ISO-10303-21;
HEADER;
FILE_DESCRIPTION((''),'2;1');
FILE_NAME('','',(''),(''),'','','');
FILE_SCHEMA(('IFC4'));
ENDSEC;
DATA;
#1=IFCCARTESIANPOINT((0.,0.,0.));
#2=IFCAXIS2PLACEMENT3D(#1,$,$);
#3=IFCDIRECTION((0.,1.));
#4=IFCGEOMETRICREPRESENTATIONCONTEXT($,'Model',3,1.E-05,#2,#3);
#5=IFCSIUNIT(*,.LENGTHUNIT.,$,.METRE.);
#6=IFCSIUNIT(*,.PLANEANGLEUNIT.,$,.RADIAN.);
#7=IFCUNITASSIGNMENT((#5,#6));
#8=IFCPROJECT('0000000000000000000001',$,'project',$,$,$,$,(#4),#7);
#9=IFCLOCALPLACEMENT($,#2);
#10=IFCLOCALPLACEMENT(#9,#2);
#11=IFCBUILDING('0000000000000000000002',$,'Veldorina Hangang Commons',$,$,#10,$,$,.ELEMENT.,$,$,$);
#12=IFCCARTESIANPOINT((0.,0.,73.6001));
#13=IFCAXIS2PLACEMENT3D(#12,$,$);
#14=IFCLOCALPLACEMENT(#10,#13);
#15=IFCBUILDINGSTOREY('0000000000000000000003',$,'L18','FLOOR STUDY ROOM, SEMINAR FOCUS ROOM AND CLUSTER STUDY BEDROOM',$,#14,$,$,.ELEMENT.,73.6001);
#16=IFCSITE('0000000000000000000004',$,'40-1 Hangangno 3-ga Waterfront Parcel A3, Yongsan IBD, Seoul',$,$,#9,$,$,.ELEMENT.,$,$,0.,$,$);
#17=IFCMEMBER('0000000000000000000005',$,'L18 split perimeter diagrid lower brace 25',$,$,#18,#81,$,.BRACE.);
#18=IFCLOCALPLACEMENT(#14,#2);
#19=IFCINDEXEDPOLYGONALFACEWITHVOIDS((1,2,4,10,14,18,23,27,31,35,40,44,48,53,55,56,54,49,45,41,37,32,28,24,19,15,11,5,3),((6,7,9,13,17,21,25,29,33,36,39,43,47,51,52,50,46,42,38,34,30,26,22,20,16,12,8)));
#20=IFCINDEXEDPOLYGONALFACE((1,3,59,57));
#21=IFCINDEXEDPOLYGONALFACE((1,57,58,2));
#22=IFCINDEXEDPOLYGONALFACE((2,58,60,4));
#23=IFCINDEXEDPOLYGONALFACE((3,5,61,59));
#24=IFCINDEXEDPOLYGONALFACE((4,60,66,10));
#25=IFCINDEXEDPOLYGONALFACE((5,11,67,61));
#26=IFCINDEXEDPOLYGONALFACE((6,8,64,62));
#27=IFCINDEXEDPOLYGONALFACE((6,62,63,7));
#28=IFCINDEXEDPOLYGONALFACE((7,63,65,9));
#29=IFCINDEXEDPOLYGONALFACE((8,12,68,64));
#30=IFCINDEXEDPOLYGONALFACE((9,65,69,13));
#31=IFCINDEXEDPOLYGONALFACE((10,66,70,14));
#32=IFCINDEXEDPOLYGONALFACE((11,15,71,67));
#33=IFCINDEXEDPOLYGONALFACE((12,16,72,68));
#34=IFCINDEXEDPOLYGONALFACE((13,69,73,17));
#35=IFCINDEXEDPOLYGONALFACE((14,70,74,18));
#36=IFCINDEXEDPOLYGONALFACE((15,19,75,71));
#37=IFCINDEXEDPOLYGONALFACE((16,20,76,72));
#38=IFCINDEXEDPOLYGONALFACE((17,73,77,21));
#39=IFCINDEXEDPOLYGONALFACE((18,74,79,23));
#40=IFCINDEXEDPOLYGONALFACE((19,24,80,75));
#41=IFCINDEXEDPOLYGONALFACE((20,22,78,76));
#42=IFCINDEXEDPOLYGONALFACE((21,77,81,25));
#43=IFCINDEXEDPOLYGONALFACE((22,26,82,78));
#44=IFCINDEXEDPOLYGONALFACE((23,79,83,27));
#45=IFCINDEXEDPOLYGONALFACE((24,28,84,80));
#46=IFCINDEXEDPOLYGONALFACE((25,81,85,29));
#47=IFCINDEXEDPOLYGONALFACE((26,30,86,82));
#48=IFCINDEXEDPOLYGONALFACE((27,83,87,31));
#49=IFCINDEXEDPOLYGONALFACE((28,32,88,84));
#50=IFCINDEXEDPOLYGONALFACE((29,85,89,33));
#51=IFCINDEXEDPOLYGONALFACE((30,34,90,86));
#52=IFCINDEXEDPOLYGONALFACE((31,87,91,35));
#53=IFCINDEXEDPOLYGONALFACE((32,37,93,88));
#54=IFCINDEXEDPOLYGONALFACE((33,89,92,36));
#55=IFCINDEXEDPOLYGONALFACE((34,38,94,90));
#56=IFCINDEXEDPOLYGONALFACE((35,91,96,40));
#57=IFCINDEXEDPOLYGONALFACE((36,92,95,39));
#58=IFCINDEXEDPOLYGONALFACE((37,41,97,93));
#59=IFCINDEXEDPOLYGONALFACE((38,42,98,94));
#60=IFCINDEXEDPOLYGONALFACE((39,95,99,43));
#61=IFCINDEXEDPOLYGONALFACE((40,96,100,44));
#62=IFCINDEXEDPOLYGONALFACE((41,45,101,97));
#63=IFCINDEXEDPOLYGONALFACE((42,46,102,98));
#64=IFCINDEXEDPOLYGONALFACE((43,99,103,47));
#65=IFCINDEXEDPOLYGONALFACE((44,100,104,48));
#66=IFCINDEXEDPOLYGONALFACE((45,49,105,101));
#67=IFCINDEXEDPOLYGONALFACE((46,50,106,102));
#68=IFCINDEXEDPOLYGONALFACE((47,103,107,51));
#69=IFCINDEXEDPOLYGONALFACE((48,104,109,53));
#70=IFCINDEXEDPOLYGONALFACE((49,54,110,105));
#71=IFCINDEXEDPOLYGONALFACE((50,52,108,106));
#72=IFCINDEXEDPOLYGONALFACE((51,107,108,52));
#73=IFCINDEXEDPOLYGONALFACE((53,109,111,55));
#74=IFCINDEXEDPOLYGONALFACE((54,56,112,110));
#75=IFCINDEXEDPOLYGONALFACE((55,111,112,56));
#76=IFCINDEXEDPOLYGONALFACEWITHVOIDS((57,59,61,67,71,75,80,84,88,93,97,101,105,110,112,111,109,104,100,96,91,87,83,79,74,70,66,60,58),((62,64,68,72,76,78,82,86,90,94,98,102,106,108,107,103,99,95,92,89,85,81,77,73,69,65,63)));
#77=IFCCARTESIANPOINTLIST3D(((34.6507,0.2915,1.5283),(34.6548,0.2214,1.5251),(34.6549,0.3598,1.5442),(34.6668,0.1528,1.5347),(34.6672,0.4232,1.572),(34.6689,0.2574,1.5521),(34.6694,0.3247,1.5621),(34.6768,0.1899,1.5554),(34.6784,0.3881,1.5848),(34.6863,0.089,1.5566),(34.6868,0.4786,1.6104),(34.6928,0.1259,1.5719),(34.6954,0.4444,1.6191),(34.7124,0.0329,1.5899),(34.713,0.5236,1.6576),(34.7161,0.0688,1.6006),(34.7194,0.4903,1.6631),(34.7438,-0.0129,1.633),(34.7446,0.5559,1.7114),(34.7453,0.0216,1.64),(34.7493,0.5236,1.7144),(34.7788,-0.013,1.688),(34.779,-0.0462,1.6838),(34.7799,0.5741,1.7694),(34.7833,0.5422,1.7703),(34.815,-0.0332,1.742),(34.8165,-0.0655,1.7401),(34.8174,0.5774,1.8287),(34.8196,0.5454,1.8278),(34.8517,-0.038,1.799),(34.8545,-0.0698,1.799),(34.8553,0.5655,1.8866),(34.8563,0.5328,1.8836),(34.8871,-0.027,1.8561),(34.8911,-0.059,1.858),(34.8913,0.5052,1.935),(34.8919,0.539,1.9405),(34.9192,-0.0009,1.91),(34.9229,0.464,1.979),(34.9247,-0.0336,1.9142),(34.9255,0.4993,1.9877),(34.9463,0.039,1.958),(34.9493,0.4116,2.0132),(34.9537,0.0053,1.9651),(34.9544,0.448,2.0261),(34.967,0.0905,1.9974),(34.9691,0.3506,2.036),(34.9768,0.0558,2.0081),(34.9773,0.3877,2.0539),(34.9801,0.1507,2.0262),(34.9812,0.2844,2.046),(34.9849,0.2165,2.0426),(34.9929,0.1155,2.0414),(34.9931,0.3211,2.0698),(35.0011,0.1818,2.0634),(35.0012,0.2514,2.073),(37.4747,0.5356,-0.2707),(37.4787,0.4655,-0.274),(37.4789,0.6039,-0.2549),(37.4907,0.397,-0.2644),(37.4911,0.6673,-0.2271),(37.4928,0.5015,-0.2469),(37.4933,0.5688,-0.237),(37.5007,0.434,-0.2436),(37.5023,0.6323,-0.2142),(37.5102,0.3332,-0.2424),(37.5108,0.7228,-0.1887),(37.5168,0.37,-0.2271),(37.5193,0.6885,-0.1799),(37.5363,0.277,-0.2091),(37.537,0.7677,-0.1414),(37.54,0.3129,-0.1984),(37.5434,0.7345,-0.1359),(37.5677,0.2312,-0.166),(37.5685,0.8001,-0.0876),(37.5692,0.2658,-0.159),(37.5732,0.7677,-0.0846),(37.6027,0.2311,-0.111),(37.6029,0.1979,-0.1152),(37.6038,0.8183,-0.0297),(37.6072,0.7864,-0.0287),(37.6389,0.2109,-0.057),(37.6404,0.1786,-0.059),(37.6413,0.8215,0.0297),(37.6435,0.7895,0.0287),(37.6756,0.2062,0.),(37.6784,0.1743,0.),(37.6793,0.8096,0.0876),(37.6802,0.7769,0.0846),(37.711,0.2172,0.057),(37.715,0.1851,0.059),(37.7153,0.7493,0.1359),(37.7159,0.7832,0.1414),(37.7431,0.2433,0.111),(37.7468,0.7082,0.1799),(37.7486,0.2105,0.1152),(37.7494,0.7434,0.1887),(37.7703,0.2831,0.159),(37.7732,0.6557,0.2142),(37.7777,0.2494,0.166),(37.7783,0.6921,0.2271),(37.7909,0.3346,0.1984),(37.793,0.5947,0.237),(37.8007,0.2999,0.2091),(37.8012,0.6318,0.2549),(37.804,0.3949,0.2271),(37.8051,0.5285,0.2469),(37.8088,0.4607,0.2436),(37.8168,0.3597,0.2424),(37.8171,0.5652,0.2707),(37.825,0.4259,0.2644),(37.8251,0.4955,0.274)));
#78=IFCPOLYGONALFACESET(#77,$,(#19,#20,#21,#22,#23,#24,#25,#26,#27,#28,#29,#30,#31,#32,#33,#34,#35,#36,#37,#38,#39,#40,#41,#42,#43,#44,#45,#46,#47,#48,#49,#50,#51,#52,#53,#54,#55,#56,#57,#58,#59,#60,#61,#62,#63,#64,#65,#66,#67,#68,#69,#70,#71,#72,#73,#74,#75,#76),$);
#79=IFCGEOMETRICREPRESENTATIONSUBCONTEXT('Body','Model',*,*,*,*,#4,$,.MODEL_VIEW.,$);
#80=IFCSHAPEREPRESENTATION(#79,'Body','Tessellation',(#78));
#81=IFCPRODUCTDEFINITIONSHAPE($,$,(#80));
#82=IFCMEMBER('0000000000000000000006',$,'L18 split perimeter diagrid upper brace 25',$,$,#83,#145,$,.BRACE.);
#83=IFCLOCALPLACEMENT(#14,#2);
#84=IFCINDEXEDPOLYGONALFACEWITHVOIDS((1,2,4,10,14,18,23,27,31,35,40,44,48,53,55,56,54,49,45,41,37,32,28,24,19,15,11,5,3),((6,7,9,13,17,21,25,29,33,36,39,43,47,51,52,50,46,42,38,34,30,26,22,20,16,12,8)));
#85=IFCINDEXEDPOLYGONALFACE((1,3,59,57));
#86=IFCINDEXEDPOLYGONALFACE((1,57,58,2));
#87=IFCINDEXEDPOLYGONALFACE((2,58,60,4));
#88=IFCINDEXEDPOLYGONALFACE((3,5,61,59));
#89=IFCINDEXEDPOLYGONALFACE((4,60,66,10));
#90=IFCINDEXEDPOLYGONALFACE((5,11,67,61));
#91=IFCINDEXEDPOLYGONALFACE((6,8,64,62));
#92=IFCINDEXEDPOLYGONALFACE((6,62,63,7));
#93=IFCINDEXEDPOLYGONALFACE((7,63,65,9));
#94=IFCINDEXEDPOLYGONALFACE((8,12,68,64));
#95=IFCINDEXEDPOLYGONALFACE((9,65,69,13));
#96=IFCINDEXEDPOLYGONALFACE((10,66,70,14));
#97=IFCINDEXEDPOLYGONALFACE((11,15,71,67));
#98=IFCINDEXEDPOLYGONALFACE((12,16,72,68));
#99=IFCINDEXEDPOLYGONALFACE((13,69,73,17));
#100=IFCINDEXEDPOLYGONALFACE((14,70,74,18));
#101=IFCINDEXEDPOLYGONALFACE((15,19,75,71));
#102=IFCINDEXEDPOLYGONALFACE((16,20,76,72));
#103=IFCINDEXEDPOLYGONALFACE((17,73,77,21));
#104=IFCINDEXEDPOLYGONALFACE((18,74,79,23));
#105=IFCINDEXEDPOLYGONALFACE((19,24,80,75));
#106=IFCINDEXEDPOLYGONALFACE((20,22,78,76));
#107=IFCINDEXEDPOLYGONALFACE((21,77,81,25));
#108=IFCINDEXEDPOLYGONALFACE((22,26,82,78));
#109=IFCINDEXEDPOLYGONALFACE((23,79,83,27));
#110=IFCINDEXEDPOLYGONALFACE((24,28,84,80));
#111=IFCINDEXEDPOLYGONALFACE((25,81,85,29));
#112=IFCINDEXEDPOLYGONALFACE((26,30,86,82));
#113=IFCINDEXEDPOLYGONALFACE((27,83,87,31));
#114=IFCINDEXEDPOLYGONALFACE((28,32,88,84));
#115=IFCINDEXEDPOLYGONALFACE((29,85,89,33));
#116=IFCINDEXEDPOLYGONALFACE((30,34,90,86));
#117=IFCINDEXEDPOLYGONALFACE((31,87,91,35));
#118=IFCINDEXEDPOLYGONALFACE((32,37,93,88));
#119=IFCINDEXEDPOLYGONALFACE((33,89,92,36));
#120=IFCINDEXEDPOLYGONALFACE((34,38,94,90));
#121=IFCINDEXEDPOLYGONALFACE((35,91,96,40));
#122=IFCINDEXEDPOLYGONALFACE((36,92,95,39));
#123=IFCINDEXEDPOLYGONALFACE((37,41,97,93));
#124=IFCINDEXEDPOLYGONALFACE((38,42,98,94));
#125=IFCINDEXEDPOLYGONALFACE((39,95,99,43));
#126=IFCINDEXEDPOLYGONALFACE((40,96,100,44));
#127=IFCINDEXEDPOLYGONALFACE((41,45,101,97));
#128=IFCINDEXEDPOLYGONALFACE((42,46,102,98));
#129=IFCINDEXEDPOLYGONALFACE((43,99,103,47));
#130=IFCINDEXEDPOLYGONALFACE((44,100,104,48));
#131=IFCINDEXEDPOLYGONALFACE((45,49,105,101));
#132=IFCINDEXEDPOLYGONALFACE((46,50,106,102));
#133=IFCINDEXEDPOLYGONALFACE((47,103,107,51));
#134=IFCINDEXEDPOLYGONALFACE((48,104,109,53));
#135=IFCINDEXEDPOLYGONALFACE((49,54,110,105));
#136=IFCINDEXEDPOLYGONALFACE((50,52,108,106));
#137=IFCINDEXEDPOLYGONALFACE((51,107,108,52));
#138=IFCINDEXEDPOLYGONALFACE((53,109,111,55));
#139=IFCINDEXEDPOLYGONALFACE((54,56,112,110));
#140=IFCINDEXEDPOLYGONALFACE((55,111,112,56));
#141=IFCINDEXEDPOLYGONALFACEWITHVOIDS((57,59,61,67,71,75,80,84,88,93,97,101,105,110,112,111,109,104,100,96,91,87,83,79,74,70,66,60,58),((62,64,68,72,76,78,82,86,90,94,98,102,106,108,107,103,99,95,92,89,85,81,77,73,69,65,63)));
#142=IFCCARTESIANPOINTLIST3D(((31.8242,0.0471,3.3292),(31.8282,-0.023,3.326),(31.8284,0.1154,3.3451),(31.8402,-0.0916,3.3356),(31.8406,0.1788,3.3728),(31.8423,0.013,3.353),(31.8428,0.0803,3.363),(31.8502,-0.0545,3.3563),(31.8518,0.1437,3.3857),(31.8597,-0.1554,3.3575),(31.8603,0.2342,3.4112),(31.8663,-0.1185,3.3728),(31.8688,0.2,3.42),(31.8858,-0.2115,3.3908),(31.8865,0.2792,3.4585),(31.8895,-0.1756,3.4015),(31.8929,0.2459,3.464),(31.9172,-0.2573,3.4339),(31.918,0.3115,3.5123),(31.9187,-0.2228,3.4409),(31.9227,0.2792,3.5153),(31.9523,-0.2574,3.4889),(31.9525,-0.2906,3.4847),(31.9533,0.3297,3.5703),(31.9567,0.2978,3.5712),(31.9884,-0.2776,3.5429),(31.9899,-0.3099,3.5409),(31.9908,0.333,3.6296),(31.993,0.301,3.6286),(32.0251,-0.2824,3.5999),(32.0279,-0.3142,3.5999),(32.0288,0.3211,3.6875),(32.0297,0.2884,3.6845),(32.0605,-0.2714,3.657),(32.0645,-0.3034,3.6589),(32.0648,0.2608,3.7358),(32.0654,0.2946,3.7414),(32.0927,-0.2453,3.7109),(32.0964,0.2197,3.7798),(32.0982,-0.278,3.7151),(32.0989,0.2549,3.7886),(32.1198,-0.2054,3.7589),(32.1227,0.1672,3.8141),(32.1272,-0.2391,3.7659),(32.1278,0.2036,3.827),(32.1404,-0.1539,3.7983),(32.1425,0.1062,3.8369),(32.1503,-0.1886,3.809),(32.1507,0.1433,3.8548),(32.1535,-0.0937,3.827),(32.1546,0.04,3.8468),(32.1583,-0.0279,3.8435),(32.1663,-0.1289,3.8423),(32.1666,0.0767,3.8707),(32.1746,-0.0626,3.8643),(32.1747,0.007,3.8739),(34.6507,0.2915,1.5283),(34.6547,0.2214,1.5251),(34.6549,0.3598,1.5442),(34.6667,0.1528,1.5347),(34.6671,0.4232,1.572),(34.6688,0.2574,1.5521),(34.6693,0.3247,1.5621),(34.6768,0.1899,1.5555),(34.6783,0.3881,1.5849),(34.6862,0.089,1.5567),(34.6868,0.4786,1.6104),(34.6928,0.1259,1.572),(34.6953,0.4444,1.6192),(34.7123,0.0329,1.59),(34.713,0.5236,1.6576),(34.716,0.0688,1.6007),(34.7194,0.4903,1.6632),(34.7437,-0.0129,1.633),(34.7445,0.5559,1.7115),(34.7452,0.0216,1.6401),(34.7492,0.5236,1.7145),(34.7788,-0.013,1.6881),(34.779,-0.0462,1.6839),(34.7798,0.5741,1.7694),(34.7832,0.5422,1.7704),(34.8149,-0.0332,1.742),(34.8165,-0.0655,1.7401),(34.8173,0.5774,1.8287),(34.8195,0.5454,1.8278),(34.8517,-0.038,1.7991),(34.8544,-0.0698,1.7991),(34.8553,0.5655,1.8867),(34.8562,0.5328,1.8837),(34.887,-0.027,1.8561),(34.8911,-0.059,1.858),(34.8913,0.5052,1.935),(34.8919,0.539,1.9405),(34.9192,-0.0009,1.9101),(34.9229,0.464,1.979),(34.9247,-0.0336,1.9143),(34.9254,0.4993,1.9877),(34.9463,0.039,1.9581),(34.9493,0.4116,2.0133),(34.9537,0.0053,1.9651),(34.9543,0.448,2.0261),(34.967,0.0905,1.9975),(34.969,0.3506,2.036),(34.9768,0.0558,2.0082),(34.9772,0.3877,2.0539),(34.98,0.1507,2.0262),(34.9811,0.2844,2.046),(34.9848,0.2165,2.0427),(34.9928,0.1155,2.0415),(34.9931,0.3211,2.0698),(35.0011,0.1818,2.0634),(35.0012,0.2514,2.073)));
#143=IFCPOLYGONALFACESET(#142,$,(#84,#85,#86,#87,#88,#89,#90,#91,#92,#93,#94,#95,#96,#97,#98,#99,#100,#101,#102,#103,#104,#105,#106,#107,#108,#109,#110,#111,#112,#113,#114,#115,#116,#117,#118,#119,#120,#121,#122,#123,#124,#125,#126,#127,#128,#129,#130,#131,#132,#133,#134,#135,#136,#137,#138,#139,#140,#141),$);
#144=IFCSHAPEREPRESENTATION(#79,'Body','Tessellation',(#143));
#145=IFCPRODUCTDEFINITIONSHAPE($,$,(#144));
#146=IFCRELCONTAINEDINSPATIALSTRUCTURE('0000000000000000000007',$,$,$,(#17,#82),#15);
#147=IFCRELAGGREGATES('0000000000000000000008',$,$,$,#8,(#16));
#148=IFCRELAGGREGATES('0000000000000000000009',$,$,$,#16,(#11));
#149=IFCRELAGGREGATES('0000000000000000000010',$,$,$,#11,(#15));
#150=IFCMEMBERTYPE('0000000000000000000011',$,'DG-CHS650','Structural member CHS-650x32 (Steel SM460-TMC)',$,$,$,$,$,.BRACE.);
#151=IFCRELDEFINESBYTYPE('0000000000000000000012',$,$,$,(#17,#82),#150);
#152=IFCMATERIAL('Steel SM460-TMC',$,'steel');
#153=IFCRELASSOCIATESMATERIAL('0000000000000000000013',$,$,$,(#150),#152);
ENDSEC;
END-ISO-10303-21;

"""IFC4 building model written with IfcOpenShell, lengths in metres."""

from ifc_helpers import new_model, si_unit, direction, frame, origin, origin_2d, place, context, subcontext, project, spatial, hollow_circle, extrude, material, material_profile, profile_set, type_object, element, save


model = new_model("IFC4")

# Units and contexts
model_context = context("Model", 3, precision=1e-05, world=origin(), true_north=direction((0.0, 1.0)))
body_context = subcontext(model_context, "Body", "Model", "MODEL_VIEW")
ifc_project = project(units=[si_unit("LENGTHUNIT", "METRE"), si_unit("PLANEANGLEUNIT", "RADIAN")], contexts=[model_context])

# Site, building, storey
site_placement = place(None, origin())
site = spatial("IfcSite", under=ifc_project, at=site_placement, Name="40-1 Hangangno 3-ga Waterfront Parcel A3, Yongsan IBD, Seoul", CompositionType="ELEMENT", RefElevation=0.0)
building_placement = place(site_placement, origin())
building = spatial("IfcBuilding", under=site, at=building_placement, Name="Veldorina Hangang Commons", CompositionType="ELEMENT")
storey_placement = place(building_placement, frame((0.0, 0.0, 73.6001)))
storey = spatial("IfcBuildingStorey", under=building, at=storey_placement, Name="L18", Description="FLOOR STUDY ROOM, SEMINAR FOCUS ROOM AND CLUSTER STUDY BEDROOM", CompositionType="ELEMENT", Elevation=73.6001)

# Members
ifc_material_1 = material(Name="Steel SM460-TMC", Category="steel")
ifc_material_profile_1 = material_profile(ifc_material_1, hollow_circle(Radius=0.325, WallThickness=0.032, at=origin_2d()), Name="CHS-650x32")
ifc_profile_set_1 = profile_set([ifc_material_profile_1], Name="Steel SM460-TMC")
member_type_1 = type_object("IfcMemberType", Name="DG-CHS650", Description="Structural member CHS-650x32 (Steel SM460-TMC)", PredefinedType="BRACE", material=ifc_profile_set_1)
member_1_placement = place(storey_placement, frame((37.6504, 0.498, 0.0), z_axis=(-0.841158, -0.072721, 0.535877), x_axis=(0.086132, -0.996284, 0.0)))
element("IfcMember", 1, at=member_1_placement, inside=storey, type_object=member_type_1, Name="L18 split perimeter diagrid lower brace 25", PredefinedType="BRACE", context=body_context, shape_type="SweptSolid", body=[
    extrude(hollow_circle(Radius=0.325, WallThickness=0.032, at=origin_2d()), origin(), (0.0, 0.0, 1.0), 3.3572),
])
member_2_placement = place(storey_placement, frame((34.8264, 0.2539, 1.7991), z_axis=(-0.841137, -0.072729, 0.53591), x_axis=(0.086143, -0.996283, 0.0)))
element("IfcMember", 2, at=member_2_placement, inside=storey, type_object=member_type_1, Name="L18 split perimeter diagrid upper brace 25", PredefinedType="BRACE", context=body_context, shape_type="SweptSolid", body=[
    extrude(hollow_circle(Radius=0.325, WallThickness=0.032, at=origin_2d()), origin(), (0.0, 0.0, 1.0), 3.3604),
])

save(model, "model.ifc")
